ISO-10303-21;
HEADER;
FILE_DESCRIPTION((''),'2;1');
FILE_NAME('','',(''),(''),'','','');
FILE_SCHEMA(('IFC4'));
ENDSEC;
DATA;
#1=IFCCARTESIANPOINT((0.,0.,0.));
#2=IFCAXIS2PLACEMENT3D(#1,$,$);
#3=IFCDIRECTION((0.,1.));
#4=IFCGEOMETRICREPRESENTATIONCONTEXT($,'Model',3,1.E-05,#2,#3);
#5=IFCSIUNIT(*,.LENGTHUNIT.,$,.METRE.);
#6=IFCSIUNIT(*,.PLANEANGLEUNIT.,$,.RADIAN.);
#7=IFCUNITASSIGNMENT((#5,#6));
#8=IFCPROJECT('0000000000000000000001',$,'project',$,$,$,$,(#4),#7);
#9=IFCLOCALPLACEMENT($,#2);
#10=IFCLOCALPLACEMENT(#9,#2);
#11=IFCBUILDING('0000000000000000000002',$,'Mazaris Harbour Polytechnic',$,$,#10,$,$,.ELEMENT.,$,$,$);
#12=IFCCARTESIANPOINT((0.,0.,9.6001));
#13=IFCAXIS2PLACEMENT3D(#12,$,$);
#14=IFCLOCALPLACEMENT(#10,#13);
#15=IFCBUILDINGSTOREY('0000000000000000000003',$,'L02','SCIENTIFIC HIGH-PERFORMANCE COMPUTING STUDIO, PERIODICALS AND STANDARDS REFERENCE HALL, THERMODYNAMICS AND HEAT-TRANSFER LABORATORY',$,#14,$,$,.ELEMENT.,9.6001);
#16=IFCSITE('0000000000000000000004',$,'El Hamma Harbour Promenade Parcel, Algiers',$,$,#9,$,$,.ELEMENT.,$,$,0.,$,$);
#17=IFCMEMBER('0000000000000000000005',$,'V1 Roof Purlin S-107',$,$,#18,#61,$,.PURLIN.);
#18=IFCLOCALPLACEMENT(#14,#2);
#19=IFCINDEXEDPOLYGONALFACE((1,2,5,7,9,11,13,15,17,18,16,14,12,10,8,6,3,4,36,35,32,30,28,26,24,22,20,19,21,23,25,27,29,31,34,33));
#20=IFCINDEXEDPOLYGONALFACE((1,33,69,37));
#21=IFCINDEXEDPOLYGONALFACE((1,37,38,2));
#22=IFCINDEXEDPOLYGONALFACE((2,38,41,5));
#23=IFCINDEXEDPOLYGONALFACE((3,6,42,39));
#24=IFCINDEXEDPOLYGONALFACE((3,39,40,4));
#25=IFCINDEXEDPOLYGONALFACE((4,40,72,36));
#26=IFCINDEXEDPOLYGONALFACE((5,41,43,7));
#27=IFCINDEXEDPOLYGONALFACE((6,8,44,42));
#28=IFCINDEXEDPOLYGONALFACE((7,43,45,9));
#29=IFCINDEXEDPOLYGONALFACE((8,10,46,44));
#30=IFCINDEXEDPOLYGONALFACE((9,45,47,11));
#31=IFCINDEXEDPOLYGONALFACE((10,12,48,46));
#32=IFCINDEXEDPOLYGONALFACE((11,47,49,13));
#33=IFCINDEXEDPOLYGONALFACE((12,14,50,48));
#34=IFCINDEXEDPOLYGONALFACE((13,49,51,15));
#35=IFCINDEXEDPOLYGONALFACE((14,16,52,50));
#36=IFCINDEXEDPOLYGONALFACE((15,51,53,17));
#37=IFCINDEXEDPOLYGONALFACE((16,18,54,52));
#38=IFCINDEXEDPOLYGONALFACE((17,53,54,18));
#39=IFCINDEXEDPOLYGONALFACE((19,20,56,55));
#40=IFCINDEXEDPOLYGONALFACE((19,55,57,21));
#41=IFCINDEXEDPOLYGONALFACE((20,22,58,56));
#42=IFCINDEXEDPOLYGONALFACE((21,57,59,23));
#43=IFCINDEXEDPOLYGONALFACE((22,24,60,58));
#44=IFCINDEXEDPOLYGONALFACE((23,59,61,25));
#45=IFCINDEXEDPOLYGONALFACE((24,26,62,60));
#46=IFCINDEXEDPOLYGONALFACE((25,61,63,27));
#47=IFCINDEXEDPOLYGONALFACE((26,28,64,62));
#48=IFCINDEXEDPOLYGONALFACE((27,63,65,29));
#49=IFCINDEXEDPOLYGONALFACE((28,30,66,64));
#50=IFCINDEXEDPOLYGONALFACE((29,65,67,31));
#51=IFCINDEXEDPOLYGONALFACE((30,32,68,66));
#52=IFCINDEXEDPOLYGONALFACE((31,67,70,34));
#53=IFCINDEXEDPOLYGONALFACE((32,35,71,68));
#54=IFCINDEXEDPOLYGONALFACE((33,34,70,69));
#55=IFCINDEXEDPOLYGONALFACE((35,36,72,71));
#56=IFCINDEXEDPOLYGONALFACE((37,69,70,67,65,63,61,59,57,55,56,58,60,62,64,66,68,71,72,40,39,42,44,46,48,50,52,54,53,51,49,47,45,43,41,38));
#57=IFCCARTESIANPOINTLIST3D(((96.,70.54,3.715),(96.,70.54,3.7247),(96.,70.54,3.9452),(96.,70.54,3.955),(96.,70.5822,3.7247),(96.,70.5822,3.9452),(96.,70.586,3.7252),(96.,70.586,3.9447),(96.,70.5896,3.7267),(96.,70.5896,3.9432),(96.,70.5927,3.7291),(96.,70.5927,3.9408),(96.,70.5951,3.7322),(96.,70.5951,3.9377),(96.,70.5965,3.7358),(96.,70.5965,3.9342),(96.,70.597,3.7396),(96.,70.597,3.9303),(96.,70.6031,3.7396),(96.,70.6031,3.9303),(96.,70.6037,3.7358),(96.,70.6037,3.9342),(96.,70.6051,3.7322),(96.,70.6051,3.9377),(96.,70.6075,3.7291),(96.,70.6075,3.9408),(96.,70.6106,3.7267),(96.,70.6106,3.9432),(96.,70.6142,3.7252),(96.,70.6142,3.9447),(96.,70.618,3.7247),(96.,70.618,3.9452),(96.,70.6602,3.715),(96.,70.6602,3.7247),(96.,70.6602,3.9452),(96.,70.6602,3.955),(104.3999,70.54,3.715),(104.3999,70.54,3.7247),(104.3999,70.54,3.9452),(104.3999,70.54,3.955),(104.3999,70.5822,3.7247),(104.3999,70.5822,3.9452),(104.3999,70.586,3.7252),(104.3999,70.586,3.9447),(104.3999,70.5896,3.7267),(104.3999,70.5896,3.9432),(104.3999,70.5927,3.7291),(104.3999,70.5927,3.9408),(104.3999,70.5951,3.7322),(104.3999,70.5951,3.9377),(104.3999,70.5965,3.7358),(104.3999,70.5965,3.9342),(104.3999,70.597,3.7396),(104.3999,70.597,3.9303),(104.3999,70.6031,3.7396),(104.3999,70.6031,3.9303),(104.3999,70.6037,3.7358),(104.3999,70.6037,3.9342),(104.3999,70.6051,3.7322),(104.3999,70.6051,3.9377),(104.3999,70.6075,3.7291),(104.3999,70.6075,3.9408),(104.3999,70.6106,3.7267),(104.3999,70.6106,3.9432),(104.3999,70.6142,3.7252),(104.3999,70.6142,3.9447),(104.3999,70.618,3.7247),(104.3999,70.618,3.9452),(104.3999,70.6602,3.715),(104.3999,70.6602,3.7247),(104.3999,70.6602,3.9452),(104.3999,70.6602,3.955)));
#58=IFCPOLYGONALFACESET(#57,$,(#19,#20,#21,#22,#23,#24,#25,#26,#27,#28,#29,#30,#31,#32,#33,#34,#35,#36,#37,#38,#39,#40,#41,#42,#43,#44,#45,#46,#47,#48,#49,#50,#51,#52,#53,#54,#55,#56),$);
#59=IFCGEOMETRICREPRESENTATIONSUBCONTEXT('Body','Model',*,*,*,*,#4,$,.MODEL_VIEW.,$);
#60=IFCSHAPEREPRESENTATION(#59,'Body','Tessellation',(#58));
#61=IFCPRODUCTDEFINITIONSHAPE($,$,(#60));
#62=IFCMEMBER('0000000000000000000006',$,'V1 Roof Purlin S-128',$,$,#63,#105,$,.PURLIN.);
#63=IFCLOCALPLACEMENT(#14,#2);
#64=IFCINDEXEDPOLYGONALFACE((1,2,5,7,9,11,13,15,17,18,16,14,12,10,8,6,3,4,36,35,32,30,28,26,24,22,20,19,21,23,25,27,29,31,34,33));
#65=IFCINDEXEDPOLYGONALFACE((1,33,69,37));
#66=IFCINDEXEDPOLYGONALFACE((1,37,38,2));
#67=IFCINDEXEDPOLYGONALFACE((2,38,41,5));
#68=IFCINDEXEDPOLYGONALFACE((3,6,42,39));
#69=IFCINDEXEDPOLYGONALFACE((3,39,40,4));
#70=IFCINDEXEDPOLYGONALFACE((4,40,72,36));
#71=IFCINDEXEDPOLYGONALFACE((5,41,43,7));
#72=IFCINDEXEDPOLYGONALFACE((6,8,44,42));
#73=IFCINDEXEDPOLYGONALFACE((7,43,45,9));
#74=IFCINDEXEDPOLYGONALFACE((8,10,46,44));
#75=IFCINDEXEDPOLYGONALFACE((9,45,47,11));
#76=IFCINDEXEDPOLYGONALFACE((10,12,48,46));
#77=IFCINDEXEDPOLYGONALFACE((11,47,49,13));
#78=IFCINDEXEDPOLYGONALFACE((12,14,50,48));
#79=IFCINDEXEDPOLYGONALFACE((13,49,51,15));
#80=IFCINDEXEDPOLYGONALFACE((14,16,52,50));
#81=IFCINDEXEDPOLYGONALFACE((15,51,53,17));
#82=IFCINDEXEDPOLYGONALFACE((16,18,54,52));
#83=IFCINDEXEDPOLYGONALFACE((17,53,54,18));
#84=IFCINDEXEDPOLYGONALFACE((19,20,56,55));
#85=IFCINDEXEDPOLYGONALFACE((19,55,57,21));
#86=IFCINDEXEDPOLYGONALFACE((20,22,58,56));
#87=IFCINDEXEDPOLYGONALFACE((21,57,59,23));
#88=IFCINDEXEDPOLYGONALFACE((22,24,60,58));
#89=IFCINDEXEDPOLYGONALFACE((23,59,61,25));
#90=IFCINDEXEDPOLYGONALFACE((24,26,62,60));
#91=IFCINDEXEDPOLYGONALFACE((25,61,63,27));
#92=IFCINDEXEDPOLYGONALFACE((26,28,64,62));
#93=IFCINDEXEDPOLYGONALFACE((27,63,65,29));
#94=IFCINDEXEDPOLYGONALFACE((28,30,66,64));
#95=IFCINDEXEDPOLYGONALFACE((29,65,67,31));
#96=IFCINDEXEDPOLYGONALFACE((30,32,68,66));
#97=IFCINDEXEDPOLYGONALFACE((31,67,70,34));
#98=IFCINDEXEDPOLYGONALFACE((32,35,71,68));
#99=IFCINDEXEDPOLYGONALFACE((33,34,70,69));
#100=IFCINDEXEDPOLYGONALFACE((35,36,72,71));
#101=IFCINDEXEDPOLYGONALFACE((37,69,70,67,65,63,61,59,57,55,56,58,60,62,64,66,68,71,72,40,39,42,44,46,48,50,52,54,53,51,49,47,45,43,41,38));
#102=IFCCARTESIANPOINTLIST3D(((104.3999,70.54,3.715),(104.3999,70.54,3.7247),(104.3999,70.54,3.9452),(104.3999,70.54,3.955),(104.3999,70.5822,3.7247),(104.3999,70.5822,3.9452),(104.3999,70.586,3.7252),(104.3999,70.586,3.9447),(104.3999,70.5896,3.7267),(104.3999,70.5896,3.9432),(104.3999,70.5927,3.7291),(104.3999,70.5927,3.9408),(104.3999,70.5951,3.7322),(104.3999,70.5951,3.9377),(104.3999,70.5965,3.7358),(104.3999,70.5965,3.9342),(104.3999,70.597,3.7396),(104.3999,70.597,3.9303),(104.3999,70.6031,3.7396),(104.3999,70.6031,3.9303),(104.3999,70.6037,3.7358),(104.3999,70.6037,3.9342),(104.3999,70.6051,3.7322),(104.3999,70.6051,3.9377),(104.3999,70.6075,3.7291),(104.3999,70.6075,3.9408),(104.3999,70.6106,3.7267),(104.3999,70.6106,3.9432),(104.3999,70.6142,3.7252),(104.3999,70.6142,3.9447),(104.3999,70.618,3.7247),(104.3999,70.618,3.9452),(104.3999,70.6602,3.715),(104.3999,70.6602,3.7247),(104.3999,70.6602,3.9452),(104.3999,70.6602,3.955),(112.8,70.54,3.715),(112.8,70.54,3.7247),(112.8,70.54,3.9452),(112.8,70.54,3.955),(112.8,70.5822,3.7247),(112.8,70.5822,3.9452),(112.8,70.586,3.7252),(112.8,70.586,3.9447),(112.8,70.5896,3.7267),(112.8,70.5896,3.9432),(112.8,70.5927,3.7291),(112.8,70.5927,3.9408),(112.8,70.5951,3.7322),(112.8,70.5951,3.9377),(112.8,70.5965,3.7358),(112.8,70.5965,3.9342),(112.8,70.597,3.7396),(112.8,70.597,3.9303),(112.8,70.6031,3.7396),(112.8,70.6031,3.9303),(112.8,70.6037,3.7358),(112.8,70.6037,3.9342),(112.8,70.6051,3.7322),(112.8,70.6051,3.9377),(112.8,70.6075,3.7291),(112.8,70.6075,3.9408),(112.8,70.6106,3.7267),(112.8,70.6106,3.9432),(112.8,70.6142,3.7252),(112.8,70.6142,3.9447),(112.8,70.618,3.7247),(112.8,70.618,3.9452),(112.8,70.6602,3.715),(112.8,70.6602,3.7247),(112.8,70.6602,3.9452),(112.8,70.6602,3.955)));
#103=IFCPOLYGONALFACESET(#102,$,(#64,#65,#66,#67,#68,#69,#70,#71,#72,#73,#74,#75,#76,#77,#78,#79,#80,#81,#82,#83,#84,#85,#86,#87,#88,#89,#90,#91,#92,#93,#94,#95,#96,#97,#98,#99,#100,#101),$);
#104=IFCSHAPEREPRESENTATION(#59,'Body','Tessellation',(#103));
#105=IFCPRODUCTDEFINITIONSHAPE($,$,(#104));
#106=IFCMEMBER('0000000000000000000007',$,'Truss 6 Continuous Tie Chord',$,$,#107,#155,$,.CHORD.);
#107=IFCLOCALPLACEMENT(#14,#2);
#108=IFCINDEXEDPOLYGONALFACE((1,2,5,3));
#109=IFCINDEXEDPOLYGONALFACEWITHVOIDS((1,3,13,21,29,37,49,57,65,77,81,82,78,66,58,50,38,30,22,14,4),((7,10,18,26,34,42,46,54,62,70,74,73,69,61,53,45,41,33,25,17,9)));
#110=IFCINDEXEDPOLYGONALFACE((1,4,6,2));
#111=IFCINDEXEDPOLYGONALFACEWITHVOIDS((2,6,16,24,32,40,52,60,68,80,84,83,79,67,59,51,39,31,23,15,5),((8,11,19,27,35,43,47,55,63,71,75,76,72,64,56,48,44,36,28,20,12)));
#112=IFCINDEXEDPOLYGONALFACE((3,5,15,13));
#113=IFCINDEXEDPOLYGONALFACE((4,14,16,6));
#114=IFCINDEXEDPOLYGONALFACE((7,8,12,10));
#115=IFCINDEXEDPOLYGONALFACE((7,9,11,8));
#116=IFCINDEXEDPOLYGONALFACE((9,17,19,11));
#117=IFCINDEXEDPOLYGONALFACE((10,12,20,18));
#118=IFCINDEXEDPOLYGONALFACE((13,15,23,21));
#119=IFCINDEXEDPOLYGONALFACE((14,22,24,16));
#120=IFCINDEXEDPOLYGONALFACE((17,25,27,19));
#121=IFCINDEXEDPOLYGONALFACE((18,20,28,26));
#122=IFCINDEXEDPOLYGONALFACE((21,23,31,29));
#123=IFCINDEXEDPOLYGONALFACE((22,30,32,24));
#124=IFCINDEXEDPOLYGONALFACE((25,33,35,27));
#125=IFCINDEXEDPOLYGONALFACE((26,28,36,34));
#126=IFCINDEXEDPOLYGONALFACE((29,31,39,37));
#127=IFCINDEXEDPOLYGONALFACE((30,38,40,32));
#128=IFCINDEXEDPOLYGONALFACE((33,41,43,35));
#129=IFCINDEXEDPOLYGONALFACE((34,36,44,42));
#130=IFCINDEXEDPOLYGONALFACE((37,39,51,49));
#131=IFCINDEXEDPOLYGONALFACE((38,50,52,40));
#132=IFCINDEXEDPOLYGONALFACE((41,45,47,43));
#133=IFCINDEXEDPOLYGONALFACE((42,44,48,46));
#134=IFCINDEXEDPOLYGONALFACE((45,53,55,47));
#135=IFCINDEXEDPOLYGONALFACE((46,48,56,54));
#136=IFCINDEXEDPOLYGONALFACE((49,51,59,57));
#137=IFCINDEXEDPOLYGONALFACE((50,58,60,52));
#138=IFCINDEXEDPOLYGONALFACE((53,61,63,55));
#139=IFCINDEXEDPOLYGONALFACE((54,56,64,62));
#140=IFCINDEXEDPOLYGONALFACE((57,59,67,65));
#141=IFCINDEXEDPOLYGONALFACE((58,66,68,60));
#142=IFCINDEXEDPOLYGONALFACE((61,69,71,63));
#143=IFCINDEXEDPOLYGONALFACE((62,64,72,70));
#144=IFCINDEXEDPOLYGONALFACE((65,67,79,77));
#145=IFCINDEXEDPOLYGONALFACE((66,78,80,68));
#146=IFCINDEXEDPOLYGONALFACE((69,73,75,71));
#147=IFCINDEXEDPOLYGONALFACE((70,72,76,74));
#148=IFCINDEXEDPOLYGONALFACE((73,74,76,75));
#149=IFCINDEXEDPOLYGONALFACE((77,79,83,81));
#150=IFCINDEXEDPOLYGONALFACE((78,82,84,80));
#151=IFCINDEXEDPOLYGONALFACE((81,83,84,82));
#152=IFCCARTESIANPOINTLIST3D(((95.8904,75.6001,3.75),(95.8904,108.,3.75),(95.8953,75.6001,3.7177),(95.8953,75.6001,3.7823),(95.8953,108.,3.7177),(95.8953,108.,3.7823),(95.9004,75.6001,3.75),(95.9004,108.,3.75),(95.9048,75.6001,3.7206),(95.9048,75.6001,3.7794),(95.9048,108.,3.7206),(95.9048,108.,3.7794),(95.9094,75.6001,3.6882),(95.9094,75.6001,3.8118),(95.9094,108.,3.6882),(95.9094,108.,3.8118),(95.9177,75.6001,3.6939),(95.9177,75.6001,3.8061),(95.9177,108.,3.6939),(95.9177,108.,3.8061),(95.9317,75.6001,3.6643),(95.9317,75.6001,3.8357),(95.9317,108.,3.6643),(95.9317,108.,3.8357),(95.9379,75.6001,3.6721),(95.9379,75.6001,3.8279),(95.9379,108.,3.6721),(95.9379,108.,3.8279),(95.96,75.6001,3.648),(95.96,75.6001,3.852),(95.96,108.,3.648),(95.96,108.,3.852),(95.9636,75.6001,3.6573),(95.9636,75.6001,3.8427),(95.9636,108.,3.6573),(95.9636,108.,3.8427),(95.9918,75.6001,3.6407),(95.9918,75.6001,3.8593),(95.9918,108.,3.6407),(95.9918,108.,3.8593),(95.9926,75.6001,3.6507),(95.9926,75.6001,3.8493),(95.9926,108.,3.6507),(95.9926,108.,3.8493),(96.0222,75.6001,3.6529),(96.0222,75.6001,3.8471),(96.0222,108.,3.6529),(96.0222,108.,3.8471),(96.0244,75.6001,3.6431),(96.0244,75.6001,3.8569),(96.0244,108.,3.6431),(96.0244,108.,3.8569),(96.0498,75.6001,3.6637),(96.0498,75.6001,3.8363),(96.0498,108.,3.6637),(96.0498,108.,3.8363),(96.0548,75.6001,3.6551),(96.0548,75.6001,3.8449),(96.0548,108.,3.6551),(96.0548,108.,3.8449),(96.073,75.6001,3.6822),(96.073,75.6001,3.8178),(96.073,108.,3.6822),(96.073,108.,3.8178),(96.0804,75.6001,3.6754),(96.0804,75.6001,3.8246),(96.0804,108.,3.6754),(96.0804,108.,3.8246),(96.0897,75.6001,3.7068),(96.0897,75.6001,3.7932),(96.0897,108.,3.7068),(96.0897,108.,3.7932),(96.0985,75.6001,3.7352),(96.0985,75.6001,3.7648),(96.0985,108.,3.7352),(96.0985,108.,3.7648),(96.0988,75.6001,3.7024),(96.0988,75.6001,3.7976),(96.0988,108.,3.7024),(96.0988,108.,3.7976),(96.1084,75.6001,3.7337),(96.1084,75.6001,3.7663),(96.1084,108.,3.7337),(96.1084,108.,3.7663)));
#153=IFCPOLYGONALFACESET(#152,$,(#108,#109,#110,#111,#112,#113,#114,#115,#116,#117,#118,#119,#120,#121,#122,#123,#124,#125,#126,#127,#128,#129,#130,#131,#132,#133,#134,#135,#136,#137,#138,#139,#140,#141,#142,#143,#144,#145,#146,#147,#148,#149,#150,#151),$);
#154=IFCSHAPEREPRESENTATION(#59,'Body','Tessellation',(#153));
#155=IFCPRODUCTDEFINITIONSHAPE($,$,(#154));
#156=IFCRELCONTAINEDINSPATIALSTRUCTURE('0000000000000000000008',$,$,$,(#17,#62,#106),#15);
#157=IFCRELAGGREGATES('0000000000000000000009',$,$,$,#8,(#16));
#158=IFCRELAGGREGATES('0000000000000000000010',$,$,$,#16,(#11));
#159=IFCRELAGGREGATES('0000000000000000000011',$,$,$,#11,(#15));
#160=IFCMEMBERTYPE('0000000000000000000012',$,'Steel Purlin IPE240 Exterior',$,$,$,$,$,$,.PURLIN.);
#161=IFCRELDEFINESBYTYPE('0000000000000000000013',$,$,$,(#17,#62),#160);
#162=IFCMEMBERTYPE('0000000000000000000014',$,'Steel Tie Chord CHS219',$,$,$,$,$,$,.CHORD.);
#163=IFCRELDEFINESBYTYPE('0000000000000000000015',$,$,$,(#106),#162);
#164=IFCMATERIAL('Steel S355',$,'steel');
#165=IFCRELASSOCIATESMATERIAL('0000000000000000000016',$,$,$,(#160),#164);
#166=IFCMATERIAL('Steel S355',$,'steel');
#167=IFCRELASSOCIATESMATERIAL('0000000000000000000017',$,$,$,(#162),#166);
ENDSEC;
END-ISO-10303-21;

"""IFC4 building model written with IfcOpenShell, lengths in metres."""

from ifc_helpers import new_model, si_unit, direction, frame, origin, origin_2d, place, context, subcontext, project, spatial, hollow_circle, i_section, extrude, material, material_profile, profile_set, type_object, element, save


model = new_model("IFC4")

# Units and contexts
model_context = context("Model", 3, precision=1e-05, world=origin(), true_north=direction((0.0, 1.0)))
body_context = subcontext(model_context, "Body", "Model", "MODEL_VIEW")
ifc_project = project(units=[si_unit("LENGTHUNIT", "METRE"), si_unit("PLANEANGLEUNIT", "RADIAN")], contexts=[model_context])

# Site, building, storey
site_placement = place(None, origin())
site = spatial("IfcSite", under=ifc_project, at=site_placement, Name="El Hamma Harbour Promenade Parcel, Algiers", CompositionType="ELEMENT", RefElevation=0.0)
building_placement = place(site_placement, origin())
building = spatial("IfcBuilding", under=site, at=building_placement, Name="Mazaris Harbour Polytechnic", CompositionType="ELEMENT")
storey_placement = place(building_placement, frame((0.0, 0.0, 9.6001)))
storey = spatial("IfcBuildingStorey", under=building, at=storey_placement, Name="L02", Description="SCIENTIFIC HIGH-PERFORMANCE COMPUTING STUDIO, PERIODICALS AND STANDARDS REFERENCE HALL, THERMODYNAMICS AND HEAT-TRANSFER LABORATORY", CompositionType="ELEMENT", Elevation=9.6001)

# Members
ifc_material_1 = material(Name="Steel S355", Category="steel")
ifc_material_profile_1 = material_profile(ifc_material_1, i_section(OverallWidth=0.1201, OverallDepth=0.24, WebThickness=0.0061, FlangeThickness=0.0098, FilletRadius=0.0149, at=origin_2d()), Name="IPE 240")
ifc_profile_set_1 = profile_set([ifc_material_profile_1], Name="Steel S355")
member_type_1 = type_object("IfcMemberType", Name="Steel Purlin IPE240 Exterior", PredefinedType="PURLIN", material=ifc_profile_set_1)
member_1_placement = place(storey_placement, frame((96.0, 70.6001, 3.835), z_axis=(1.0, 0.0, 0.0), x_axis=(0.0, 1.0, 0.0)))
element("IfcMember", 1, at=member_1_placement, inside=storey, type_object=member_type_1, Name="V1 Roof Purlin S-107", PredefinedType="PURLIN", context=body_context, shape_type="SweptSolid", body=[
    extrude(i_section(OverallWidth=0.1201, OverallDepth=0.24, WebThickness=0.0061, FlangeThickness=0.0098, FilletRadius=0.0149, at=origin_2d()), origin(), (0.0, 0.0, 1.0), 8.3999),
])
member_2_placement = place(storey_placement, frame((104.3999, 70.6001, 3.835), z_axis=(1.0, 0.0, 0.0), x_axis=(0.0, 1.0, 0.0)))
element("IfcMember", 2, at=member_2_placement, inside=storey, type_object=member_type_1, Name="V1 Roof Purlin S-128", PredefinedType="PURLIN", context=body_context, shape_type="SweptSolid", body=[
    extrude(i_section(OverallWidth=0.1201, OverallDepth=0.24, WebThickness=0.0061, FlangeThickness=0.0098, FilletRadius=0.0149, at=origin_2d()), origin(), (0.0, 0.0, 1.0), 8.4001),
])
ifc_material_2 = material(Name="Steel S355", Category="steel")
ifc_material_profile_2 = material_profile(ifc_material_2, hollow_circle(Radius=0.1096, WallThickness=0.01, at=origin_2d()), Name="CHS 219.1x10.0")
ifc_profile_set_2 = profile_set([ifc_material_profile_2], Name="Steel S355")
member_type_2 = type_object("IfcMemberType", Name="Steel Tie Chord CHS219", PredefinedType="CHORD", material=ifc_profile_set_2)
for number, where, z_axis, x_axis, name in (
    (3, (96.0, 75.6001, 3.75), (0.0, 1.0, 0.0), (-1.0, 0.0, 0.0), "Truss 6 Continuous Tie Chord"),
):
    element("IfcMember", number, at=place(storey_placement, frame(where, z_axis=z_axis, x_axis=x_axis)), inside=storey, type_object=member_type_2, Name=name, PredefinedType="CHORD", context=body_context, shape_type="SweptSolid", body=[
        extrude(hollow_circle(Radius=0.1096, WallThickness=0.01, at=origin_2d()), origin(), (0.0, 0.0, 1.0), 32.3999),
    ])

save(model, "model.ifc")
